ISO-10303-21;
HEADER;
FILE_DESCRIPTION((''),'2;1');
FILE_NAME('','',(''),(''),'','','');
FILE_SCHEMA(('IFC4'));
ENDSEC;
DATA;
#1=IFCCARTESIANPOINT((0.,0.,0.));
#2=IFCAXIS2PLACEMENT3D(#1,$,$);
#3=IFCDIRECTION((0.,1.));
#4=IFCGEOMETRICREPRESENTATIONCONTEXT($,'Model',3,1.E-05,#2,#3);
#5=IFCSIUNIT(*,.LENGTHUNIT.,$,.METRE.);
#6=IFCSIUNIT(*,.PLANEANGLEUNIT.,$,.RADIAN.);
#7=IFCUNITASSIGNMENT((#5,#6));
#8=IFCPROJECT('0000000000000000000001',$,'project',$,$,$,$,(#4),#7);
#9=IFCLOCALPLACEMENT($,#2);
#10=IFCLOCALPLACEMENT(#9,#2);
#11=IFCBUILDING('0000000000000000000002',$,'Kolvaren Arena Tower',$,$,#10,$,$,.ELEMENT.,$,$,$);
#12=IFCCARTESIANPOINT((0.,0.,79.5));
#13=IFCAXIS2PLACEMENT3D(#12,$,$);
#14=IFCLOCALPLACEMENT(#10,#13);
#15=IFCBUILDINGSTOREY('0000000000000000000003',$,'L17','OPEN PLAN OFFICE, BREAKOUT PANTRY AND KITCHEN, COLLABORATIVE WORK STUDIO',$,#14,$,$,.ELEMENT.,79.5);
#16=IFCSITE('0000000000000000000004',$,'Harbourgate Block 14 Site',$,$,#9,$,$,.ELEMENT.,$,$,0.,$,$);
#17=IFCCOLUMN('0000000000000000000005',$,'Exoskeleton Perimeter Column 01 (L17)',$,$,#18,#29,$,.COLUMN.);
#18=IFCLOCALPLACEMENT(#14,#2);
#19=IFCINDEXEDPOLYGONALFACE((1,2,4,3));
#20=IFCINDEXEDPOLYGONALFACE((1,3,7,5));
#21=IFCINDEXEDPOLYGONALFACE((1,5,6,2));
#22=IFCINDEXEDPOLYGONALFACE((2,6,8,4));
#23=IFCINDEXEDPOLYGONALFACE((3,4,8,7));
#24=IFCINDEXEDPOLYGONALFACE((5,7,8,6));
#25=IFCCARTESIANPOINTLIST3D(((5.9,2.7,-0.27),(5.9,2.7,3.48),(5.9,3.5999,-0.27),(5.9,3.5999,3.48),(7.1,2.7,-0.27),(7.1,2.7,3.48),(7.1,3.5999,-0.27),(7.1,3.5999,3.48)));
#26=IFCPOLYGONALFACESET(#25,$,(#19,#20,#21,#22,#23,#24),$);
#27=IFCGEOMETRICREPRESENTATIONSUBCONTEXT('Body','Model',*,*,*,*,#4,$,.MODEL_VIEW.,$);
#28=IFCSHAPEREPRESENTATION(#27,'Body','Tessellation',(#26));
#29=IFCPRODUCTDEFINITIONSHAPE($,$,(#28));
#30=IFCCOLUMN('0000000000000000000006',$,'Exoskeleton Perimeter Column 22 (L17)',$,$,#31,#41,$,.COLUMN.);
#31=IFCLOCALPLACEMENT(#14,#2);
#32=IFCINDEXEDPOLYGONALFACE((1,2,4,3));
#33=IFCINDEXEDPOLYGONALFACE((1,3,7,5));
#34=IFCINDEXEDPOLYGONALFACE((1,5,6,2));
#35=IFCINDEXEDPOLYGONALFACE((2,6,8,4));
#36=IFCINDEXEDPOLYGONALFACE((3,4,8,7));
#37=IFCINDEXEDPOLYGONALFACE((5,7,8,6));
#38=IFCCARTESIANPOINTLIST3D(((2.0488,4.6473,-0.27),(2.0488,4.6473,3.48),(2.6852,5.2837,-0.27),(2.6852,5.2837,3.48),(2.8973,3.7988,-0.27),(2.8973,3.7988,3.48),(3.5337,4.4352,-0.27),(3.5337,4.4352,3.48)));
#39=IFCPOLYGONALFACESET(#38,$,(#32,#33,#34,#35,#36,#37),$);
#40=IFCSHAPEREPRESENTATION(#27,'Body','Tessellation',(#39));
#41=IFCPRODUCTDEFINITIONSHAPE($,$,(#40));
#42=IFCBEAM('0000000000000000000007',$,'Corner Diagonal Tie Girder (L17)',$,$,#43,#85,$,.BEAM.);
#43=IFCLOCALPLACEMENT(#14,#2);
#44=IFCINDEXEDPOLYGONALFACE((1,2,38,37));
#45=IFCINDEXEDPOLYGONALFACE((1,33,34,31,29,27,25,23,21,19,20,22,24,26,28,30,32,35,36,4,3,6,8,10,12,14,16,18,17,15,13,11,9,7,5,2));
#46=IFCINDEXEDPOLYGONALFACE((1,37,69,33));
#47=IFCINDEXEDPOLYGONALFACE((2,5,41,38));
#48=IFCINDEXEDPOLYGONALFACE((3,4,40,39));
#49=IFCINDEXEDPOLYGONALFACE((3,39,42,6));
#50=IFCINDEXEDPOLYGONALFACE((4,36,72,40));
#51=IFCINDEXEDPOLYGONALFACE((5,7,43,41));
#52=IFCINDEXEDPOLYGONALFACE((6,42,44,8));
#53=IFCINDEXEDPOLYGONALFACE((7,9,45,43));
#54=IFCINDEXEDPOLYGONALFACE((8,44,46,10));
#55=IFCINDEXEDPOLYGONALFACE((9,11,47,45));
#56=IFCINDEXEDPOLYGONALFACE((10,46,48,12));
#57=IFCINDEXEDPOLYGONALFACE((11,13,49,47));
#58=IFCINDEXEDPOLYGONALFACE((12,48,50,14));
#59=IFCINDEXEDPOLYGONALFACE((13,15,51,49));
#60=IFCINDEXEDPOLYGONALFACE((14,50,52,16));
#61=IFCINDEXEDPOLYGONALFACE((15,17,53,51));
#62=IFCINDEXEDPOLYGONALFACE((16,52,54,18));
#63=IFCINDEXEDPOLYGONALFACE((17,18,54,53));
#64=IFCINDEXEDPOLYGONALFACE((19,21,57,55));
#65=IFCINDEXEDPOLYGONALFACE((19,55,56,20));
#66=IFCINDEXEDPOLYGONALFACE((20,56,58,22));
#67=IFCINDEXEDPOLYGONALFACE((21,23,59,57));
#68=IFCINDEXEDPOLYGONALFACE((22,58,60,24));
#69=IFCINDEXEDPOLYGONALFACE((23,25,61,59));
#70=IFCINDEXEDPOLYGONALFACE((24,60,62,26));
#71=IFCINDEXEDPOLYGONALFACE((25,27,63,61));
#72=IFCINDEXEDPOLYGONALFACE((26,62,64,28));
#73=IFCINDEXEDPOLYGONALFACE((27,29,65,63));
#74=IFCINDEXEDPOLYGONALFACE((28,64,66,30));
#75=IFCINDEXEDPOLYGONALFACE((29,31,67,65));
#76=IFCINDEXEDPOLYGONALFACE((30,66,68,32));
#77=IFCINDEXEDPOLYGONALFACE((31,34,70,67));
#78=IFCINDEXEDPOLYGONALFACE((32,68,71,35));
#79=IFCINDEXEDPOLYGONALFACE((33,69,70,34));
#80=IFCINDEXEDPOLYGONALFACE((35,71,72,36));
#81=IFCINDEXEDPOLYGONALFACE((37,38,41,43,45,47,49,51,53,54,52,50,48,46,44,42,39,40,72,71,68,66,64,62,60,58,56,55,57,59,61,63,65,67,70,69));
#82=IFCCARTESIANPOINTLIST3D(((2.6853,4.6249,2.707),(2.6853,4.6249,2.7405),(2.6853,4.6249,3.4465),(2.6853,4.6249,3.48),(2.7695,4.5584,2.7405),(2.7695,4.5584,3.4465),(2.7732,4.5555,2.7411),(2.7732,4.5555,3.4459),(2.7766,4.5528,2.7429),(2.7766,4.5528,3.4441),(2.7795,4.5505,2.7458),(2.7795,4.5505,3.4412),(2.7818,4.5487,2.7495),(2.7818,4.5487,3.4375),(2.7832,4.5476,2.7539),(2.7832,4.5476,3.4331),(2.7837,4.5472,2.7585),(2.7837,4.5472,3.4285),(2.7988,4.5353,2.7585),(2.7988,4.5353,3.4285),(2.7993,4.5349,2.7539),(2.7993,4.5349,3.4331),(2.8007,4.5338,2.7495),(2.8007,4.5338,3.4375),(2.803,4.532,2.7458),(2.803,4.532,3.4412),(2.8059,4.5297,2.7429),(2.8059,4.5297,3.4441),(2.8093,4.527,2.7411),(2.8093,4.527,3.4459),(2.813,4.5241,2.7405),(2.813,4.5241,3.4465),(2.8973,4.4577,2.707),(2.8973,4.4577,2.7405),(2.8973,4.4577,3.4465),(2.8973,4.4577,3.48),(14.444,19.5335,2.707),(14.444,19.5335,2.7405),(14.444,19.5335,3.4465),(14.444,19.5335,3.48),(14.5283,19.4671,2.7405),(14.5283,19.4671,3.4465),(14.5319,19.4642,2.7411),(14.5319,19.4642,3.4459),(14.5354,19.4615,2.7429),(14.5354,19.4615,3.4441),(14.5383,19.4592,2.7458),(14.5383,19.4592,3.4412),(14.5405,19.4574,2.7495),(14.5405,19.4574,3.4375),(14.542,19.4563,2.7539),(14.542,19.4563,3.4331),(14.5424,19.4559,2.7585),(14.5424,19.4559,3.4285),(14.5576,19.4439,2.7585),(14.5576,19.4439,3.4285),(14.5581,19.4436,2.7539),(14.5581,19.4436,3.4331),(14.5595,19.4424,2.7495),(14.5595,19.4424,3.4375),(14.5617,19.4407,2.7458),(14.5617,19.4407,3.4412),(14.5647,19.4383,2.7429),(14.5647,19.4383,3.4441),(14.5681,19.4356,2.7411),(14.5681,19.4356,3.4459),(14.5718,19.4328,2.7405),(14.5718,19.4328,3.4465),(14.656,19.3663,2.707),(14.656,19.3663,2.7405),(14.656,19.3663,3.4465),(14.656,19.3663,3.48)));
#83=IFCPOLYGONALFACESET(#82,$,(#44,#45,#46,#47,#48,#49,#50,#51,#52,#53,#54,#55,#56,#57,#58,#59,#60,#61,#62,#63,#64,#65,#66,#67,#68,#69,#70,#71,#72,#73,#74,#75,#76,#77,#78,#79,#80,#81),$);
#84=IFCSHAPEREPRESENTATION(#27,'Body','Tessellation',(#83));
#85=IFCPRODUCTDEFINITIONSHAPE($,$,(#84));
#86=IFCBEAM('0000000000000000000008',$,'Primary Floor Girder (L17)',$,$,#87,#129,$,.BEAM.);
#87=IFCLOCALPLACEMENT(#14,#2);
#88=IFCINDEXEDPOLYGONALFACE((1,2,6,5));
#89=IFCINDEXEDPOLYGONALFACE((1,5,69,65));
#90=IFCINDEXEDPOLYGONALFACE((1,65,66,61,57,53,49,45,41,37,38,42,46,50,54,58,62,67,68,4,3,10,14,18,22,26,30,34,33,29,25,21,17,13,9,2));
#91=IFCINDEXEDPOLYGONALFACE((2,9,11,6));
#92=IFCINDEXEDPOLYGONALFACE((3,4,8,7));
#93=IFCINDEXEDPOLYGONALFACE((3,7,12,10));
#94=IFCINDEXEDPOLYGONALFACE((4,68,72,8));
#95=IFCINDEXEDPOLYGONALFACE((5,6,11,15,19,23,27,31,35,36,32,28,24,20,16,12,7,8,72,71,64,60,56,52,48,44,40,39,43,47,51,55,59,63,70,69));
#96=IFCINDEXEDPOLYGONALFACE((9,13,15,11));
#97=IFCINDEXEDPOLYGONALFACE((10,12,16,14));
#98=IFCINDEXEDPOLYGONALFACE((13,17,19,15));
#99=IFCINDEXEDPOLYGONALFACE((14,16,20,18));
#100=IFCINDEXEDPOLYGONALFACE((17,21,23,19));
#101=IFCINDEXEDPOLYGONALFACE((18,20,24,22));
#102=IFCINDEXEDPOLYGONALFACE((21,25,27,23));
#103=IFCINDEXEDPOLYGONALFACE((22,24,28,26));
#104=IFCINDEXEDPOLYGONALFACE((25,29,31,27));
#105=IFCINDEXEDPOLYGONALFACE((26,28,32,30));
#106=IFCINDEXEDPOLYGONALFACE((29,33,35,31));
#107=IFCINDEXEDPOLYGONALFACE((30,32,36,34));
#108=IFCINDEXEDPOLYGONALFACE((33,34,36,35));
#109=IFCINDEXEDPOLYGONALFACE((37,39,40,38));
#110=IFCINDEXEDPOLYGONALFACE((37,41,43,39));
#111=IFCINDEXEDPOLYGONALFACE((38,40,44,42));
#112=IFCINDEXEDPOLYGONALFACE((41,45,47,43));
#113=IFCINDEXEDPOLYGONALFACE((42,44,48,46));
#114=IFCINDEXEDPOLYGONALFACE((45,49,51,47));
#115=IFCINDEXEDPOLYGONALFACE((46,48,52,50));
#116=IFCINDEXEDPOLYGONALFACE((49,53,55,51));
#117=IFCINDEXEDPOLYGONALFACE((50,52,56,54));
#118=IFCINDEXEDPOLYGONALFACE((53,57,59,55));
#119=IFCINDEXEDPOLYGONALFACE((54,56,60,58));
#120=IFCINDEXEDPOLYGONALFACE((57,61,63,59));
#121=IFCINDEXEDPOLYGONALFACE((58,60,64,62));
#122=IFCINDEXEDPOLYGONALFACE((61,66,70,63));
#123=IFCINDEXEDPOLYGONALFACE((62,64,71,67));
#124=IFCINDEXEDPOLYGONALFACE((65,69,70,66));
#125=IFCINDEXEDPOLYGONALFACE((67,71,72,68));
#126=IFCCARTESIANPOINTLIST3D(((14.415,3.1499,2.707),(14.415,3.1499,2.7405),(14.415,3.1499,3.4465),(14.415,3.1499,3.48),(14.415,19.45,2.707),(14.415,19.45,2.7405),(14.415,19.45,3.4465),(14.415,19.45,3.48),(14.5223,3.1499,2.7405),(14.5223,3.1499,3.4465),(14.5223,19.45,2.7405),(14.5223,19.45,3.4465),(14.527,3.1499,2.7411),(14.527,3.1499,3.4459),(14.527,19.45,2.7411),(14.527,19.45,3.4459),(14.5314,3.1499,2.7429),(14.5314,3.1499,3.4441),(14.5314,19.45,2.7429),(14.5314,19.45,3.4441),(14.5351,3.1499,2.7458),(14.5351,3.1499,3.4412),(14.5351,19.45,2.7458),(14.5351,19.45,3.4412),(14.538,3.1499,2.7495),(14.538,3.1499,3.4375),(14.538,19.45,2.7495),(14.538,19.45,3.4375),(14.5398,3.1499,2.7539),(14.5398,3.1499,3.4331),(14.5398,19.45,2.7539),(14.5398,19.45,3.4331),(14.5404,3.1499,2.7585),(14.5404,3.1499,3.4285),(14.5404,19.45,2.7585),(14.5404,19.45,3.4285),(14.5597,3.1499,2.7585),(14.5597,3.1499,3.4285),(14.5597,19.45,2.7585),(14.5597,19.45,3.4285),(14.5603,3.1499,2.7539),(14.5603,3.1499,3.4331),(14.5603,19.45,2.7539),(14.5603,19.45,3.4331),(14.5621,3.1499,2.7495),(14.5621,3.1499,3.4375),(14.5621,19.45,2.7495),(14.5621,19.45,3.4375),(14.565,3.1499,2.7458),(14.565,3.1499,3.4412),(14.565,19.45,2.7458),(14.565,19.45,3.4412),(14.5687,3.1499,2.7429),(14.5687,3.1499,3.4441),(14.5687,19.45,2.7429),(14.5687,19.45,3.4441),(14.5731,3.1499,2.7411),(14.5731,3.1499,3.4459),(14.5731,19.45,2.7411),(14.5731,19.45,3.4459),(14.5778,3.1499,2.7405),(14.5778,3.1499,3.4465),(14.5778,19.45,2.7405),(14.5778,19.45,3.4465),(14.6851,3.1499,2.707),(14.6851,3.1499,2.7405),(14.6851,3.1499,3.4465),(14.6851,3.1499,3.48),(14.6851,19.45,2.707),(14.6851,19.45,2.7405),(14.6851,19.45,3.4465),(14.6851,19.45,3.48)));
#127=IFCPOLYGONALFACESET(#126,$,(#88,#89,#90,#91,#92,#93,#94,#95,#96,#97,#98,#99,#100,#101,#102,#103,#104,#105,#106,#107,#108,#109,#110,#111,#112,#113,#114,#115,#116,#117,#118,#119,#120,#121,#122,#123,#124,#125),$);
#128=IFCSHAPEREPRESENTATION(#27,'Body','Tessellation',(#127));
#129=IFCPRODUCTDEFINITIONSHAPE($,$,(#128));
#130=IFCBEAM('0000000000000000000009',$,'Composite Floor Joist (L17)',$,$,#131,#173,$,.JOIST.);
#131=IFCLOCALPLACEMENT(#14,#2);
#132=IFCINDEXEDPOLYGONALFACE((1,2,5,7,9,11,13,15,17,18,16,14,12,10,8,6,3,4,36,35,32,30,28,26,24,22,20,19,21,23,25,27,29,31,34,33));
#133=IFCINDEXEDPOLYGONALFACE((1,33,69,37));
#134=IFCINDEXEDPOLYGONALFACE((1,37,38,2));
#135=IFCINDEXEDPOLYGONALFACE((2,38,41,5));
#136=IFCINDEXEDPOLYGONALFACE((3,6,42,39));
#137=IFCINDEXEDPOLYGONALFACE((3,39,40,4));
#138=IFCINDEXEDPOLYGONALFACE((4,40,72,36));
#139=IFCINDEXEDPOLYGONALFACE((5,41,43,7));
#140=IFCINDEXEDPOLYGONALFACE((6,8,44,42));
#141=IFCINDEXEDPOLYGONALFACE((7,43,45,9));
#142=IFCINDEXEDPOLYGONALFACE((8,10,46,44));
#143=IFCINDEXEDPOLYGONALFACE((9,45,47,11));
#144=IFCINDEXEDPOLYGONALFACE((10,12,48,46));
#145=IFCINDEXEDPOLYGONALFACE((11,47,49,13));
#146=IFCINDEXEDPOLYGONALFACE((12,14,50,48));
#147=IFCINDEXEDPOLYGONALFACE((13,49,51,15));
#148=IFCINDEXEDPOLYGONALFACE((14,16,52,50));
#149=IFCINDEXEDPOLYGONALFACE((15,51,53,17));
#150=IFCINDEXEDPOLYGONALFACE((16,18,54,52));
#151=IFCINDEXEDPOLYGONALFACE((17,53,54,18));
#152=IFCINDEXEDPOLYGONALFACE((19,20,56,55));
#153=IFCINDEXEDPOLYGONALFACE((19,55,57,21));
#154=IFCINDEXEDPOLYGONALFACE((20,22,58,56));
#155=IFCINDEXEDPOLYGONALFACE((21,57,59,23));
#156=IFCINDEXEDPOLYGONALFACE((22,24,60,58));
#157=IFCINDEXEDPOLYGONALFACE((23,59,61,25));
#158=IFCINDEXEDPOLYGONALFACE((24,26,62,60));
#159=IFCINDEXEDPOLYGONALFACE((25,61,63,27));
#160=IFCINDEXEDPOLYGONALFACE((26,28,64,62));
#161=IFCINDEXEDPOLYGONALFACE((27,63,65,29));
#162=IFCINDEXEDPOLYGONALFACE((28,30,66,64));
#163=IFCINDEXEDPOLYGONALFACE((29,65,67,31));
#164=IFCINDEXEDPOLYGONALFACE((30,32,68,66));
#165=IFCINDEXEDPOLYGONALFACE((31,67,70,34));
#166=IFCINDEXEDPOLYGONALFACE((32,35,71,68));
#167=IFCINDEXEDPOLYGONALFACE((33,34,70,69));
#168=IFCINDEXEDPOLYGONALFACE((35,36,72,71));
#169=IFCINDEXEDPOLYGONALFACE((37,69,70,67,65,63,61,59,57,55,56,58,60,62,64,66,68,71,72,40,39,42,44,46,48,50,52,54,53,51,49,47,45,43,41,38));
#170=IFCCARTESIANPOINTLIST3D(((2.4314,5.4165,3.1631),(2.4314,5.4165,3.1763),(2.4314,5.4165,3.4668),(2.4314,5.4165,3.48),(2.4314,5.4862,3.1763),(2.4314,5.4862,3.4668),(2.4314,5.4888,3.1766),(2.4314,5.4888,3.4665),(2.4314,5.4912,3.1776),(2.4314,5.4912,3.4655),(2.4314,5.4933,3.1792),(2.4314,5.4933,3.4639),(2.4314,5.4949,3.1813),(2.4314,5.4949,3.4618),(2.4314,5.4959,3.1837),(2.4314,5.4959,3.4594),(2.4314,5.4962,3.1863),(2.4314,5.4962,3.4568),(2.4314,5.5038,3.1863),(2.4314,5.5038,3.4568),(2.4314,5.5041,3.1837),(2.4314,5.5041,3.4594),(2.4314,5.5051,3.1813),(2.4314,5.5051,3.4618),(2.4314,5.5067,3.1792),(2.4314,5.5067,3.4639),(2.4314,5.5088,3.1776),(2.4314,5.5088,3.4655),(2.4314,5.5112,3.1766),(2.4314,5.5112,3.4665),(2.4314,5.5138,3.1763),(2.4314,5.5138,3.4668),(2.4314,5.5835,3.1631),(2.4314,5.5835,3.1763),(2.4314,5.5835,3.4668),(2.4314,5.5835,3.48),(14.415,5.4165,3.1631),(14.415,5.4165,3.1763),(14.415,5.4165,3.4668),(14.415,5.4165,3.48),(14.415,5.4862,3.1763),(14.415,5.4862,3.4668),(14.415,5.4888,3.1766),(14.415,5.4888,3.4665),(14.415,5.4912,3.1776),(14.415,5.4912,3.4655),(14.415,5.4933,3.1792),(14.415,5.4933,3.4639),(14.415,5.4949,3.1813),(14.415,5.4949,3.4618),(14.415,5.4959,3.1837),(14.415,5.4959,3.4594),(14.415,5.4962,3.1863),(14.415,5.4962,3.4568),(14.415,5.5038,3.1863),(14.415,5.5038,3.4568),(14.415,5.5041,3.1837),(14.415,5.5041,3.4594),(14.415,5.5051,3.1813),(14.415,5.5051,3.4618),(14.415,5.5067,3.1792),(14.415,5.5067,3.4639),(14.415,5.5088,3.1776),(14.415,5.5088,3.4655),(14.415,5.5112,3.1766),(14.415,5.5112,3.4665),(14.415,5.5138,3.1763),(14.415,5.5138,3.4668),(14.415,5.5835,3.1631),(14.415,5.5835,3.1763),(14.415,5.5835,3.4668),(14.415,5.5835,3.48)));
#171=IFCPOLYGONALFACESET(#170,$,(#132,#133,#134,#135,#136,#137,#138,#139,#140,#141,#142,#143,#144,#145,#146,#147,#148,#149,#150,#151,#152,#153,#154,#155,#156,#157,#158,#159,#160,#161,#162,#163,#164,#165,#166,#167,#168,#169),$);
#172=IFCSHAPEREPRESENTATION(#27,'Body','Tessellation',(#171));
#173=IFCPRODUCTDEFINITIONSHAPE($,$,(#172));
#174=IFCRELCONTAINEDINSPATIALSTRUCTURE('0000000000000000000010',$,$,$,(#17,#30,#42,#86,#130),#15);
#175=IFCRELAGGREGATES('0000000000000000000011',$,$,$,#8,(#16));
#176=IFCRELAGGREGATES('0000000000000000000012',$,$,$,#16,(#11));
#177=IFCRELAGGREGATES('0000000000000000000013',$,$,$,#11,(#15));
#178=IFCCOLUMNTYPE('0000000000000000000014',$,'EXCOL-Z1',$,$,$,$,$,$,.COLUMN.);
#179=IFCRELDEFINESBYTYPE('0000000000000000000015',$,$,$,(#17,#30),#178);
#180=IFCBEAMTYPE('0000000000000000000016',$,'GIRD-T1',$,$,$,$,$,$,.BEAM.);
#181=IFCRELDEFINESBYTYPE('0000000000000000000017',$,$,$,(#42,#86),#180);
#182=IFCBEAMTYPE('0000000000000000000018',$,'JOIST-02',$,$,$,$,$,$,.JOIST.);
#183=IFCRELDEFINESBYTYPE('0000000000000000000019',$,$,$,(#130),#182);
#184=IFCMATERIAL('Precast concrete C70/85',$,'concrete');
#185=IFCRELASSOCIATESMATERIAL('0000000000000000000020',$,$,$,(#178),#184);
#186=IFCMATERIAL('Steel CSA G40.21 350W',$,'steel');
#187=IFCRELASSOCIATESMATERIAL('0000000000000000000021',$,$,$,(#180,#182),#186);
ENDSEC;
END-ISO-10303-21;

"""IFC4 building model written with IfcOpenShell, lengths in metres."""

from ifc_helpers import new_model, si_unit, direction, frame, origin, origin_2d, place, context, subcontext, project, spatial, rectangle, i_section, extrude, material, material_profile, profile_set, type_object, element, save


model = new_model("IFC4")

# Units and contexts
model_context = context("Model", 3, precision=1e-05, world=origin(), true_north=direction((0.0, 1.0)))
body_context = subcontext(model_context, "Body", "Model", "MODEL_VIEW")
ifc_project = project(units=[si_unit("LENGTHUNIT", "METRE"), si_unit("PLANEANGLEUNIT", "RADIAN")], contexts=[model_context])

# Site, building, storey
site_placement = place(None, origin())
site = spatial("IfcSite", under=ifc_project, at=site_placement, Name="Harbourgate Block 14 Site", CompositionType="ELEMENT", RefElevation=0.0)
building_placement = place(site_placement, origin())
building = spatial("IfcBuilding", under=site, at=building_placement, Name="Kolvaren Arena Tower", CompositionType="ELEMENT")
storey_placement = place(building_placement, frame((0.0, 0.0, 79.5)))
storey = spatial("IfcBuildingStorey", under=building, at=storey_placement, Name="L17", Description="OPEN PLAN OFFICE, BREAKOUT PANTRY AND KITCHEN, COLLABORATIVE WORK STUDIO", CompositionType="ELEMENT", Elevation=79.5)

# Columns
ifc_material_1 = material(Name="Precast concrete C70/85", Category="concrete")
ifc_material_profile_1 = material_profile(ifc_material_1, rectangle(XDim=1.2, YDim=0.8999, at=origin_2d()), Name="RC-1200x900")
ifc_profile_set_1 = profile_set([ifc_material_profile_1], Name="Precast concrete C70/85")
column_type = type_object("IfcColumnType", Name="EXCOL-Z1", PredefinedType="COLUMN", material=ifc_profile_set_1)
for number, where, z_axis, x_axis, name in (
    (1, (6.5, 3.1499, -0.27), (0.0, 0.0, 1.0), (1.0, 0.0, 0.0), "Exoskeleton Perimeter Column 01 (L17)"),
    (2, (2.7913, 4.5413, -0.27), (0.0, 0.0, 1.0), (-0.707107, 0.707107, 0.0), "Exoskeleton Perimeter Column 22 (L17)"),
):
    element("IfcColumn", number, at=place(storey_placement, frame(where, z_axis=z_axis, x_axis=x_axis)), inside=storey, type_object=column_type, Name=name, PredefinedType="COLUMN", context=body_context, shape_type="SweptSolid", body=[
        extrude(rectangle(XDim=1.2, YDim=0.8999, at=origin_2d()), origin(), (0.0, 0.0, 1.0), 3.75),
    ])

# Beams
ifc_material_2 = material(Name="Steel CSA G40.21 350W", Category="steel")
ifc_material_profile_2 = material_profile(ifc_material_2, i_section(OverallWidth=0.27, OverallDepth=0.7729, WebThickness=0.0193, FlangeThickness=0.0334, FilletRadius=0.0181, at=origin_2d()), Name="W760x257")
ifc_profile_set_2 = profile_set([ifc_material_profile_2], Name="Steel CSA G40.21 350W")
beam_type_1 = type_object("IfcBeamType", Name="GIRD-T1", PredefinedType="BEAM", material=ifc_profile_set_2)
beam_1_placement = place(storey_placement, frame((2.7913, 4.5413, 3.0935), z_axis=(0.61928, 0.78517, 0.0), x_axis=(-0.78517, 0.61928, 0.0)))
element("IfcBeam", 3, at=beam_1_placement, inside=storey, type_object=beam_type_1, Name="Corner Diagonal Tie Girder (L17)", PredefinedType="BEAM", context=body_context, shape_type="SweptSolid", body=[
    extrude(i_section(OverallWidth=0.27, OverallDepth=0.7729, WebThickness=0.0193, FlangeThickness=0.0334, FilletRadius=0.0181, at=origin_2d()), origin(), (0.0, 0.0, 1.0), 18.9878),
])
beam_2_placement = place(storey_placement, frame((14.55, 3.1499, 3.0935), z_axis=(0.0, 1.0, 0.0), x_axis=(-1.0, 0.0, 0.0)))
element("IfcBeam", 4, at=beam_2_placement, inside=storey, type_object=beam_type_1, Name="Primary Floor Girder (L17)", PredefinedType="BEAM", context=body_context, shape_type="SweptSolid", body=[
    extrude(i_section(OverallWidth=0.27, OverallDepth=0.7729, WebThickness=0.0193, FlangeThickness=0.0334, FilletRadius=0.0181, at=origin_2d()), origin(), (0.0, 0.0, 1.0), 16.3),
])
ifc_material_profile_3 = material_profile(ifc_material_2, i_section(OverallWidth=0.167, OverallDepth=0.3169, WebThickness=0.0076, FlangeThickness=0.0132, FilletRadius=0.01, at=origin_2d()), Name="W310x52")
ifc_profile_set_3 = profile_set([ifc_material_profile_3], Name="Steel CSA G40.21 350W")
beam_type_2 = type_object("IfcBeamType", Name="JOIST-02", PredefinedType="JOIST", material=ifc_profile_set_3)
beam_3_placement = place(storey_placement, frame((2.4314, 5.5, 3.3215), z_axis=(1.0, 0.0, 0.0), x_axis=(0.0, 1.0, 0.0)))
element("IfcBeam", 5, at=beam_3_placement, inside=storey, type_object=beam_type_2, Name="Composite Floor Joist (L17)", PredefinedType="JOIST", context=body_context, shape_type="SweptSolid", body=[
    extrude(i_section(OverallWidth=0.167, OverallDepth=0.3169, WebThickness=0.0076, FlangeThickness=0.0132, FilletRadius=0.01, at=origin_2d()), origin(), (0.0, 0.0, 1.0), 11.9836),
])

save(model, "model.ifc")
